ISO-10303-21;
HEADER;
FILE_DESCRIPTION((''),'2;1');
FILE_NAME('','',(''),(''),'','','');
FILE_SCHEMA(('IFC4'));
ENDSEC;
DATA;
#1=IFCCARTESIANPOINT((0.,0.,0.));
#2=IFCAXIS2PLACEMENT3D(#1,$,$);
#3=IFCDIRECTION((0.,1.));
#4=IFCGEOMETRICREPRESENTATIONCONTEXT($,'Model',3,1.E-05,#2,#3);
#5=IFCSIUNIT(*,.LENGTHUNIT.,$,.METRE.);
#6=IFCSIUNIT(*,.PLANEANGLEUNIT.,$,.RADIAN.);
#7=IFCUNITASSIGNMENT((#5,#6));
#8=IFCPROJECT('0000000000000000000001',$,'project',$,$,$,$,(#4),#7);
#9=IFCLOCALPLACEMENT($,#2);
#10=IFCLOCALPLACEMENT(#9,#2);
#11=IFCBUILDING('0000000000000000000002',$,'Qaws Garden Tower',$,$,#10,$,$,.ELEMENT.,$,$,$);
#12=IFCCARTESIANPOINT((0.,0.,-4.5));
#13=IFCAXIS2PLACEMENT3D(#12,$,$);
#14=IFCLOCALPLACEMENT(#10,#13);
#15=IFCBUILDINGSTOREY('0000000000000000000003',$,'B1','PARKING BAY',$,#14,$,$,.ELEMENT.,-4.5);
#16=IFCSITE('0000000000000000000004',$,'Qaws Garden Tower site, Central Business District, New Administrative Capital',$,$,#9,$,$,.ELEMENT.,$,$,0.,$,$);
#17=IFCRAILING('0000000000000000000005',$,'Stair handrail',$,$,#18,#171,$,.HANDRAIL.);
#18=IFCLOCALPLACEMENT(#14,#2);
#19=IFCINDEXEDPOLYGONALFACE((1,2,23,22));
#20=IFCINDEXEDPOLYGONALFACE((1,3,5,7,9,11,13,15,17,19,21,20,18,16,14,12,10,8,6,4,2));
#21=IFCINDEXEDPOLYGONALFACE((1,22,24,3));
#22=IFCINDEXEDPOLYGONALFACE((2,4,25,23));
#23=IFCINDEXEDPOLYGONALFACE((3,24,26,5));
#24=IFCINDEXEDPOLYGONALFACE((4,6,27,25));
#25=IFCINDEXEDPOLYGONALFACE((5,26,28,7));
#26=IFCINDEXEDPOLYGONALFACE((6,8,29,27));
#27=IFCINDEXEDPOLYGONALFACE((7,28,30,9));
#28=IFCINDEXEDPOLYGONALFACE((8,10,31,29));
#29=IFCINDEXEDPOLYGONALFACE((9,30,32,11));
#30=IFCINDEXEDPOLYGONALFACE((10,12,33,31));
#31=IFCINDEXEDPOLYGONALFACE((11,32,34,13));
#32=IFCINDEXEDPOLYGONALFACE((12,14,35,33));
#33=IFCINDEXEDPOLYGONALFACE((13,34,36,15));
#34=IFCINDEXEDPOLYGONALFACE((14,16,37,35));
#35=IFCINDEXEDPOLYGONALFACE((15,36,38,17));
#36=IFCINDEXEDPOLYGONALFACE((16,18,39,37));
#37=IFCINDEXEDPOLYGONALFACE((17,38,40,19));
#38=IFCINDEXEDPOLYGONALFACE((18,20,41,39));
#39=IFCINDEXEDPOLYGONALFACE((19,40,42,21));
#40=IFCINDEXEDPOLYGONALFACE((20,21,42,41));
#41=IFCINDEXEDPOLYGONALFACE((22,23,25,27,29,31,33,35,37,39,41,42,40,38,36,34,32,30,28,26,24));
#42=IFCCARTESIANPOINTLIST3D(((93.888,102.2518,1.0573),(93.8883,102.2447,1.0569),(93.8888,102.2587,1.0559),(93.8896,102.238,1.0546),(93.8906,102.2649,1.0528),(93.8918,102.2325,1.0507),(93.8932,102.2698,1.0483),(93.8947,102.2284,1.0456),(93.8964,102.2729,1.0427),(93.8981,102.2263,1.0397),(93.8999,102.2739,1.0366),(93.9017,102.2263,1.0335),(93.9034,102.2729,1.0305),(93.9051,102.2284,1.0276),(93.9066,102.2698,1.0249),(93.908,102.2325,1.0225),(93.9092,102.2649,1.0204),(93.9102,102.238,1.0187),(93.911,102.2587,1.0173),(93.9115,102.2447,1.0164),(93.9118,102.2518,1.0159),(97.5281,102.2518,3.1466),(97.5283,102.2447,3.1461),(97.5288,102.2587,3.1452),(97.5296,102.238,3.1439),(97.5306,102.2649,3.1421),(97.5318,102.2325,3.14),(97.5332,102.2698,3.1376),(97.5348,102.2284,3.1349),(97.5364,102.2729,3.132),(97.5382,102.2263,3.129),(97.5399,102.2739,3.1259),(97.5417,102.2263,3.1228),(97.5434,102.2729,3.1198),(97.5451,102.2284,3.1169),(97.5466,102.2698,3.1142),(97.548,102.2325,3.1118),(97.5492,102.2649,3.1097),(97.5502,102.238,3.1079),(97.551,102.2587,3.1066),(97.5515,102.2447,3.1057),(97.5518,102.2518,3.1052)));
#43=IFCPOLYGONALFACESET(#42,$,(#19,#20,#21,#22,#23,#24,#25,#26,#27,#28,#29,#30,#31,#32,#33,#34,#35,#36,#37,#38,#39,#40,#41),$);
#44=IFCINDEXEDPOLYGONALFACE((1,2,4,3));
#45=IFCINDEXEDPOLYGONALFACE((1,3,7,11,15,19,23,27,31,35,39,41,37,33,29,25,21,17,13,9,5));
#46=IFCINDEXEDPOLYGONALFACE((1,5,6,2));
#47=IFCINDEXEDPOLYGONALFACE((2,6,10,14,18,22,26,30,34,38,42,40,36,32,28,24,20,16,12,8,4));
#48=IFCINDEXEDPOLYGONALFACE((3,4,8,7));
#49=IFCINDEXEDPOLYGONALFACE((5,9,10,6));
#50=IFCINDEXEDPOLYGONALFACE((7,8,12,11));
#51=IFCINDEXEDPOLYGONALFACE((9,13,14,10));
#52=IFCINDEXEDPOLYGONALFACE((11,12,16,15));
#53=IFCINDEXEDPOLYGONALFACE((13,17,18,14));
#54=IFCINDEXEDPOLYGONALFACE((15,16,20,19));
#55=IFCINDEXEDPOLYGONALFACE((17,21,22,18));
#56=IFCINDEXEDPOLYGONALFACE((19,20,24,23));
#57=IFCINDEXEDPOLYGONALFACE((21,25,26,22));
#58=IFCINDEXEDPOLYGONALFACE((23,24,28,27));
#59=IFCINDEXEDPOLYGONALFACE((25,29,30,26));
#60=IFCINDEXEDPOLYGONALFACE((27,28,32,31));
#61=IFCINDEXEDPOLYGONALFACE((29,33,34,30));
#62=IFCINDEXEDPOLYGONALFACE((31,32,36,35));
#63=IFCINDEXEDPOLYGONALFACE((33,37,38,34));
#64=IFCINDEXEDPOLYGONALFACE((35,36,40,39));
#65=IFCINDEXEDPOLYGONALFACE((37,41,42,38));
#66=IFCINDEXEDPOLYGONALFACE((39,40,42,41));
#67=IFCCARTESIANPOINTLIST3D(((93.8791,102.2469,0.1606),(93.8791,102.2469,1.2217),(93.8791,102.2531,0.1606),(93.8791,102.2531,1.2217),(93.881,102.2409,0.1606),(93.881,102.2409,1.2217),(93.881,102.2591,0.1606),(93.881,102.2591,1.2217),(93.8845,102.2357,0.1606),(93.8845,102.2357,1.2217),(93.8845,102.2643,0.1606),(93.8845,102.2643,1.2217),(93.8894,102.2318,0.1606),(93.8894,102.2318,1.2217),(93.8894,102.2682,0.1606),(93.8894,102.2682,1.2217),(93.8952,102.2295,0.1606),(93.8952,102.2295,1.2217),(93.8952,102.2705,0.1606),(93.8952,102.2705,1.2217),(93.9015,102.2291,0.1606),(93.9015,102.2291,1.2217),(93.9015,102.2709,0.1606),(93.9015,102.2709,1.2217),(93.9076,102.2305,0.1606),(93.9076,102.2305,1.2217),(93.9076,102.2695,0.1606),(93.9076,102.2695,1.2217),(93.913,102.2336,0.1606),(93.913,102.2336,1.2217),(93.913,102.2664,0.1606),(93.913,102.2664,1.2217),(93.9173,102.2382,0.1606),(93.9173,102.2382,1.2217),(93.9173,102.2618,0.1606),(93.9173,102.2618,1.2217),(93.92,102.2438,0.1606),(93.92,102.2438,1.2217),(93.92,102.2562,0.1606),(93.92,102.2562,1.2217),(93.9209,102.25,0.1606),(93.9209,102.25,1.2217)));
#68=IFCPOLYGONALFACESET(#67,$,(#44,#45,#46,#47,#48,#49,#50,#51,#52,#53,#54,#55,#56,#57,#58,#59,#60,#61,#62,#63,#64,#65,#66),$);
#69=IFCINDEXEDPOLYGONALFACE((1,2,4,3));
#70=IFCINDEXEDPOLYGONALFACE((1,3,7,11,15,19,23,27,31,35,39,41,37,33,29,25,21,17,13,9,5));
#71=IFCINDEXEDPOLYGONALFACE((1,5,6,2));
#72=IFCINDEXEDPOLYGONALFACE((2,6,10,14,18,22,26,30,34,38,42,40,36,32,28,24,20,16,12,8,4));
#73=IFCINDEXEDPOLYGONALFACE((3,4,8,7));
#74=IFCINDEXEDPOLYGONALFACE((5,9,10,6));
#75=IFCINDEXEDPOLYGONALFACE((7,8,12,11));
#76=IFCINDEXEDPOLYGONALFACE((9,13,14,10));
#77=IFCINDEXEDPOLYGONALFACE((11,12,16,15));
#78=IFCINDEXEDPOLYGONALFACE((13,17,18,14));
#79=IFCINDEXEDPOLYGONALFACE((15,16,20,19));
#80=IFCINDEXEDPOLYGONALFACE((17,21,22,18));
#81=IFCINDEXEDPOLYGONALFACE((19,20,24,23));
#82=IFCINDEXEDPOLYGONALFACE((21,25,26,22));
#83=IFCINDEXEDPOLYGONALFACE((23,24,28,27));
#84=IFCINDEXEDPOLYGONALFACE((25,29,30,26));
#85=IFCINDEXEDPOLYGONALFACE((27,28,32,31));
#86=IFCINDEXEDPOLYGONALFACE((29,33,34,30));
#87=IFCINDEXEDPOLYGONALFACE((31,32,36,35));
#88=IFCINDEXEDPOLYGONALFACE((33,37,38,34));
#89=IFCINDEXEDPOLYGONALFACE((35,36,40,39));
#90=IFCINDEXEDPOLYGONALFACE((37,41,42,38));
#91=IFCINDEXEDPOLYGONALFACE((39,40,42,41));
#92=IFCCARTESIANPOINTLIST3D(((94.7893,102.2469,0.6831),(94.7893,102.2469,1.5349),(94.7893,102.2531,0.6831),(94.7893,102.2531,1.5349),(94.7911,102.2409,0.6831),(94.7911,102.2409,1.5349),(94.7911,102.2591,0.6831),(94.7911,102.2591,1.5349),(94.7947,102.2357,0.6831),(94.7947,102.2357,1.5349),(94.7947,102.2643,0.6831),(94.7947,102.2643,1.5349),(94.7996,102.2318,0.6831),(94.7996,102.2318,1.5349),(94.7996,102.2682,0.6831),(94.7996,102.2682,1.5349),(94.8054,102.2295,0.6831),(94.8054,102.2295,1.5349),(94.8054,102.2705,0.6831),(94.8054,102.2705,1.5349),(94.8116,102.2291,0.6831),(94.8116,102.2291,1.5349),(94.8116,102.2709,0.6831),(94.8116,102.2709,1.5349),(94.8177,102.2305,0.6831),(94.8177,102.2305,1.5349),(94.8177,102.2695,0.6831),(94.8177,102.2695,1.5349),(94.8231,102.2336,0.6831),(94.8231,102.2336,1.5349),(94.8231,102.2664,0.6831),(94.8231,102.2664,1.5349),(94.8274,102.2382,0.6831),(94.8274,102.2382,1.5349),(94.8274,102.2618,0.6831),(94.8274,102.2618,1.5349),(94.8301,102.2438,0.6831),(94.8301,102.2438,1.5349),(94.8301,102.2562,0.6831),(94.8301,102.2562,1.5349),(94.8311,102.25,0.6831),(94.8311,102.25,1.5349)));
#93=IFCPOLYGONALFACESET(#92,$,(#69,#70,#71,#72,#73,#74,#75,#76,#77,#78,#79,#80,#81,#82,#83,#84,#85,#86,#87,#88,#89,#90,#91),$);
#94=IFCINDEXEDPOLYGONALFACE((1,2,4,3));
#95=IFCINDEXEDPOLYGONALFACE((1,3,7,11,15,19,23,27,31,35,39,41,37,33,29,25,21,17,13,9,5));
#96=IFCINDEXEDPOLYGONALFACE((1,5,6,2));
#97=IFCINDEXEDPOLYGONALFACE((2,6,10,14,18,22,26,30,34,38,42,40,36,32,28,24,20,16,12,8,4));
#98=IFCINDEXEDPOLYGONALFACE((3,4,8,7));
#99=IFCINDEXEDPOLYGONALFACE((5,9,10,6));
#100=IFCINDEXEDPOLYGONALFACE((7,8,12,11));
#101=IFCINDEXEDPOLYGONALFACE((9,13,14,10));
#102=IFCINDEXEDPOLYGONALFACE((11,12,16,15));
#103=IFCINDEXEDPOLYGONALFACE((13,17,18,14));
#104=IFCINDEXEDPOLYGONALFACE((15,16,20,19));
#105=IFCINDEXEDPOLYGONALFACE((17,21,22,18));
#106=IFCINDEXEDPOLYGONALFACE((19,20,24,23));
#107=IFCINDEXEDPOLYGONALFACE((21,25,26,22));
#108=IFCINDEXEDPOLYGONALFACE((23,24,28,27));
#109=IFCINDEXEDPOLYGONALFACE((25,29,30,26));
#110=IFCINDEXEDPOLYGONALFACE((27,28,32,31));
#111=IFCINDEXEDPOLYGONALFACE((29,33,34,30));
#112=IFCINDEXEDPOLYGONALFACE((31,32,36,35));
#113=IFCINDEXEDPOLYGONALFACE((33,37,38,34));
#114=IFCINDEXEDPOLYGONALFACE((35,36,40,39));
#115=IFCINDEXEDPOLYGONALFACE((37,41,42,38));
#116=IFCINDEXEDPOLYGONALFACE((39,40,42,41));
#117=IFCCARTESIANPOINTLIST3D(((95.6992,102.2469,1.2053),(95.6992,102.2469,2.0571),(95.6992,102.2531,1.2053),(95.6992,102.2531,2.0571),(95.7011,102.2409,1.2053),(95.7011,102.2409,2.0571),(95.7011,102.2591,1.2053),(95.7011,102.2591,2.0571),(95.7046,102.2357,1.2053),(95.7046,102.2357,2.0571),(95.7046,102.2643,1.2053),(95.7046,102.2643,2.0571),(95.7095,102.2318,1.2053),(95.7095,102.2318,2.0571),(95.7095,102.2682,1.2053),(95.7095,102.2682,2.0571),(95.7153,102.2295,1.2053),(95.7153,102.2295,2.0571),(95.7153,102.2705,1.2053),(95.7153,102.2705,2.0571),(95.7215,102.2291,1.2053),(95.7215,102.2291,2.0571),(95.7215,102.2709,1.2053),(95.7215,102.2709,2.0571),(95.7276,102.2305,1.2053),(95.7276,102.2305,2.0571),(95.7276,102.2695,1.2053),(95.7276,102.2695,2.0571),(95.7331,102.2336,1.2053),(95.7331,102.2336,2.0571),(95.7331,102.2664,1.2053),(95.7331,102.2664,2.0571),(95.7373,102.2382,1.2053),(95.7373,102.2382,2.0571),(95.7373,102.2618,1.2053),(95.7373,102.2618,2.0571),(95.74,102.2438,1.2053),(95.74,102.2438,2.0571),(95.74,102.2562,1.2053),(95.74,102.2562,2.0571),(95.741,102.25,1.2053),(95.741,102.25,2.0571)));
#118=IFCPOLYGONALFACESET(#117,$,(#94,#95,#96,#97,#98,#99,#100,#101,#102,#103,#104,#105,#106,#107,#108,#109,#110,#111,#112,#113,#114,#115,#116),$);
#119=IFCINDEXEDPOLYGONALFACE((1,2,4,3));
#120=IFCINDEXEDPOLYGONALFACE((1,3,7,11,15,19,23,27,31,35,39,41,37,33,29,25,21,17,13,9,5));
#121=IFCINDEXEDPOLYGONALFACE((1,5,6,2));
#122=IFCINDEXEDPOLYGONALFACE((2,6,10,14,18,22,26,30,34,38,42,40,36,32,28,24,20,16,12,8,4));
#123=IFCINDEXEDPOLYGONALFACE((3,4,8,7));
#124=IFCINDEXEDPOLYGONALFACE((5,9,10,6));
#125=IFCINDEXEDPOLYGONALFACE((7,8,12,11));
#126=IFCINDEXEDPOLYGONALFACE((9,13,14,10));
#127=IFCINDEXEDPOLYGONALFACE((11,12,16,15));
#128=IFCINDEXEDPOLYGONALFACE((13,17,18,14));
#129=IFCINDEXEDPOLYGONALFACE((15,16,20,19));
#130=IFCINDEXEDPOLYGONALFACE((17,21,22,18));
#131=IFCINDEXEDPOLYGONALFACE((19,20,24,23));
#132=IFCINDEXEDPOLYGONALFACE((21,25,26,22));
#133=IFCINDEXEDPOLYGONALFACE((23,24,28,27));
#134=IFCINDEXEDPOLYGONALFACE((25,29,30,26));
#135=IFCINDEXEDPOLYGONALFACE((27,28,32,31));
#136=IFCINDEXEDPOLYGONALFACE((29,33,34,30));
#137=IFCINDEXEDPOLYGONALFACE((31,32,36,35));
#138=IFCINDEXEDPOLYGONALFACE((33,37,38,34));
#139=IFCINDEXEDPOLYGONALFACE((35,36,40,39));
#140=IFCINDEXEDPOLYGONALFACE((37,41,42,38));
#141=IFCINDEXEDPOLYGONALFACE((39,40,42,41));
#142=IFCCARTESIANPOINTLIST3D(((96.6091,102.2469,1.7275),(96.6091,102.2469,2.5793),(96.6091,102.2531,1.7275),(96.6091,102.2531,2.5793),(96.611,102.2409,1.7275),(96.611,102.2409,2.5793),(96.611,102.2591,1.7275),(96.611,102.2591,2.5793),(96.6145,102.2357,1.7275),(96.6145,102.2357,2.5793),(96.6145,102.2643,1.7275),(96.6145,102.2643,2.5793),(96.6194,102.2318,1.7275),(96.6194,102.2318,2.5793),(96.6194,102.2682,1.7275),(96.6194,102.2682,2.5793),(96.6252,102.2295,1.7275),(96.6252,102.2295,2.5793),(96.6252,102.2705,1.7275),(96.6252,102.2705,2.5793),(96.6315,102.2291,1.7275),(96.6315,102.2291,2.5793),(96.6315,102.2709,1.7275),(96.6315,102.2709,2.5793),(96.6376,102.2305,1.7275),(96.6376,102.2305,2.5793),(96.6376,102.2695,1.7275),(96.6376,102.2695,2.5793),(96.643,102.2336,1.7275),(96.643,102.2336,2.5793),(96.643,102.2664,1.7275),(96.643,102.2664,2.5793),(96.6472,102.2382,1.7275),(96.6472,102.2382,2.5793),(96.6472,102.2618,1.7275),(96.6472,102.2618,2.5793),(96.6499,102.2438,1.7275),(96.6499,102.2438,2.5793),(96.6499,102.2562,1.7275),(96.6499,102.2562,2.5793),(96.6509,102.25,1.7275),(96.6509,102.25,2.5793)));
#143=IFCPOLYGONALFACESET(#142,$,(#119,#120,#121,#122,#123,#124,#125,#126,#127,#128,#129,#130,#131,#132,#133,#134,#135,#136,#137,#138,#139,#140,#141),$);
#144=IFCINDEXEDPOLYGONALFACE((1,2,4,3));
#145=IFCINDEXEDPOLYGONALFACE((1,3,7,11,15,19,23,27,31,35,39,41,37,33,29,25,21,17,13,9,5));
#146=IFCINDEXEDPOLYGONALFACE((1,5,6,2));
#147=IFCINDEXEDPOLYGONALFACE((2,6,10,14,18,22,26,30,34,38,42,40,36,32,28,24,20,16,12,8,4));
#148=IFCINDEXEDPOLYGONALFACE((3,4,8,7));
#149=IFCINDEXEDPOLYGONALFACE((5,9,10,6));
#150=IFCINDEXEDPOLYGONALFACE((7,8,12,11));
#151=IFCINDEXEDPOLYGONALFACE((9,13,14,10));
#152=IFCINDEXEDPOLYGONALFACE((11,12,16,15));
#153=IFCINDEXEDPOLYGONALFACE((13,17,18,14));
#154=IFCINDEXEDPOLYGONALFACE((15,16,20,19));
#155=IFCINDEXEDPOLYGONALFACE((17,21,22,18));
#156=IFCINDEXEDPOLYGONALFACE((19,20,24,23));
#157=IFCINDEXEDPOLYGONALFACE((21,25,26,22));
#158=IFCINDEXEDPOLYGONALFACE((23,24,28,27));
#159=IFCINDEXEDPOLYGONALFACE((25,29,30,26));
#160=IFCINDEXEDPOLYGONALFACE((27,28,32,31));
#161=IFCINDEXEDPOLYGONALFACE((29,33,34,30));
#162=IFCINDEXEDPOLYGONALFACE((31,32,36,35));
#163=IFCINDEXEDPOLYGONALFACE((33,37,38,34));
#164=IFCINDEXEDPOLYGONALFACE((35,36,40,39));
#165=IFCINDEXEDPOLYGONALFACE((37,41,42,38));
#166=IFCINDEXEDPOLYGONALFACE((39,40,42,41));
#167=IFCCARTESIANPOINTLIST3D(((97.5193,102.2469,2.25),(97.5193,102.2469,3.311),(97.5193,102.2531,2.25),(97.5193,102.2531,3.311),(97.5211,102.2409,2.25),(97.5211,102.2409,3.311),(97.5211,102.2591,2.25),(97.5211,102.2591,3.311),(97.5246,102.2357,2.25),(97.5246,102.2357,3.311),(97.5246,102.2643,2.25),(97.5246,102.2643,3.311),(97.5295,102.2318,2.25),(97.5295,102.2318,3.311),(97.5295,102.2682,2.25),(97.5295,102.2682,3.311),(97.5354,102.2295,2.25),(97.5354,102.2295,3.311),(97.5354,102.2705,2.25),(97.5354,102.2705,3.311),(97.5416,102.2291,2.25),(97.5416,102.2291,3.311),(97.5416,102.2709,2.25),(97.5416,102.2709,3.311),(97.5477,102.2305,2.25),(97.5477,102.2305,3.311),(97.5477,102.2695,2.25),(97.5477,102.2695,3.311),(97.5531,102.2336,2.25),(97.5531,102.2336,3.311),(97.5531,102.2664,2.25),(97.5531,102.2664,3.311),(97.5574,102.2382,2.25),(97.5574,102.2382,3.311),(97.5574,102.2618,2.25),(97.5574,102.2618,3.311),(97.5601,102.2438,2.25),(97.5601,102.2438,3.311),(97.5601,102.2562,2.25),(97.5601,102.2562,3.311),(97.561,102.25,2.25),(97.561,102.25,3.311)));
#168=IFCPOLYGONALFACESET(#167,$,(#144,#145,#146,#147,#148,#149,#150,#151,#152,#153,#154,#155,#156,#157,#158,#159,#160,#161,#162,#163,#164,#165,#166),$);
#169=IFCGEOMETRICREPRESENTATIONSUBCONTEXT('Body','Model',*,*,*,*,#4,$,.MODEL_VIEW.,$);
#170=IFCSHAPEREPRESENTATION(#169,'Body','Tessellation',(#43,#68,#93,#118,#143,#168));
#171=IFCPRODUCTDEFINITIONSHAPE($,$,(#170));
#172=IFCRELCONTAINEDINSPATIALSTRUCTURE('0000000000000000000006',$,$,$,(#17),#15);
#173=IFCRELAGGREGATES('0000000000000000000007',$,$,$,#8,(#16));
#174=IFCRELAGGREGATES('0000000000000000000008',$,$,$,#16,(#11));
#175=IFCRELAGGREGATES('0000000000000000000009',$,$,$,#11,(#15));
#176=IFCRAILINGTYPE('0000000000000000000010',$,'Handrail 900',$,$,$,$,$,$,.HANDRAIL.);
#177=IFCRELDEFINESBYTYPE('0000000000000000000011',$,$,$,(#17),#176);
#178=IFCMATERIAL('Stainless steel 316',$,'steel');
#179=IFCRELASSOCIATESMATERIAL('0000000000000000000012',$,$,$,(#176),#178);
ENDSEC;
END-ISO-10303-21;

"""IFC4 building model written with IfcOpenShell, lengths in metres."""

from ifc_helpers import new_model, si_unit, direction, frame, origin, origin_2d, place, context, subcontext, project, spatial, circle, extrude, material, type_object, element, save


model = new_model("IFC4")

# Units and contexts
model_context = context("Model", 3, precision=1e-05, world=origin(), true_north=direction((0.0, 1.0)))
body_context = subcontext(model_context, "Body", "Model", "MODEL_VIEW")
ifc_project = project(units=[si_unit("LENGTHUNIT", "METRE"), si_unit("PLANEANGLEUNIT", "RADIAN")], contexts=[model_context])

# Site, building, storey
site_placement = place(None, origin())
site = spatial("IfcSite", under=ifc_project, at=site_placement, Name="Qaws Garden Tower site, Central Business District, New Administrative Capital", CompositionType="ELEMENT", RefElevation=0.0)
building_placement = place(site_placement, origin())
building = spatial("IfcBuilding", under=site, at=building_placement, Name="Qaws Garden Tower", CompositionType="ELEMENT")
storey_placement = place(building_placement, frame((0.0, 0.0, -4.5)))
storey = spatial("IfcBuildingStorey", under=building, at=storey_placement, Name="B1", Description="PARKING BAY", CompositionType="ELEMENT", Elevation=-4.5)

# Railing
ifc_material_1 = material(Name="Stainless steel 316", Category="steel")
railing_type_1 = type_object("IfcRailingType", Name="Handrail 900", PredefinedType="HANDRAIL", material=ifc_material_1)
for number, where, name in (
    (1, (93.8999, 102.25, 0.1606), "Stair handrail"),
):
    element("IfcRailing", number, at=place(storey_placement, frame(where)), inside=storey, type_object=railing_type_1, Name=name, PredefinedType="HANDRAIL", context=body_context, shape_type="SweptSolid", body=[
        extrude(circle(Radius=0.0239, at=origin_2d()), frame((0.0, 0.0, 0.876), z_axis=(0.867289, 0.0, 0.497804), x_axis=(0.0, 1.0, 0.0)), (0.0, 0.0, 1.0), 4.197),
        extrude(circle(Radius=0.021, at=origin_2d()), origin(), (0.0, 0.0, 1.0), 1.061),
        extrude(circle(Radius=0.021, at=origin_2d()), frame((0.9102, 0.0, 0.5225)), (0.0, 0.0, 1.0), 0.8518),
        extrude(circle(Radius=0.021, at=origin_2d()), frame((1.8201, 0.0, 1.0447)), (0.0, 0.0, 1.0), 0.8518),
        extrude(circle(Radius=0.021, at=origin_2d()), frame((2.73, 0.0, 1.5669)), (0.0, 0.0, 1.0), 0.8518),
        extrude(circle(Radius=0.021, at=origin_2d()), frame((3.6401, 0.0, 2.0894)), (0.0, 0.0, 1.0), 1.061),
    ])

save(model, "model.ifc")
